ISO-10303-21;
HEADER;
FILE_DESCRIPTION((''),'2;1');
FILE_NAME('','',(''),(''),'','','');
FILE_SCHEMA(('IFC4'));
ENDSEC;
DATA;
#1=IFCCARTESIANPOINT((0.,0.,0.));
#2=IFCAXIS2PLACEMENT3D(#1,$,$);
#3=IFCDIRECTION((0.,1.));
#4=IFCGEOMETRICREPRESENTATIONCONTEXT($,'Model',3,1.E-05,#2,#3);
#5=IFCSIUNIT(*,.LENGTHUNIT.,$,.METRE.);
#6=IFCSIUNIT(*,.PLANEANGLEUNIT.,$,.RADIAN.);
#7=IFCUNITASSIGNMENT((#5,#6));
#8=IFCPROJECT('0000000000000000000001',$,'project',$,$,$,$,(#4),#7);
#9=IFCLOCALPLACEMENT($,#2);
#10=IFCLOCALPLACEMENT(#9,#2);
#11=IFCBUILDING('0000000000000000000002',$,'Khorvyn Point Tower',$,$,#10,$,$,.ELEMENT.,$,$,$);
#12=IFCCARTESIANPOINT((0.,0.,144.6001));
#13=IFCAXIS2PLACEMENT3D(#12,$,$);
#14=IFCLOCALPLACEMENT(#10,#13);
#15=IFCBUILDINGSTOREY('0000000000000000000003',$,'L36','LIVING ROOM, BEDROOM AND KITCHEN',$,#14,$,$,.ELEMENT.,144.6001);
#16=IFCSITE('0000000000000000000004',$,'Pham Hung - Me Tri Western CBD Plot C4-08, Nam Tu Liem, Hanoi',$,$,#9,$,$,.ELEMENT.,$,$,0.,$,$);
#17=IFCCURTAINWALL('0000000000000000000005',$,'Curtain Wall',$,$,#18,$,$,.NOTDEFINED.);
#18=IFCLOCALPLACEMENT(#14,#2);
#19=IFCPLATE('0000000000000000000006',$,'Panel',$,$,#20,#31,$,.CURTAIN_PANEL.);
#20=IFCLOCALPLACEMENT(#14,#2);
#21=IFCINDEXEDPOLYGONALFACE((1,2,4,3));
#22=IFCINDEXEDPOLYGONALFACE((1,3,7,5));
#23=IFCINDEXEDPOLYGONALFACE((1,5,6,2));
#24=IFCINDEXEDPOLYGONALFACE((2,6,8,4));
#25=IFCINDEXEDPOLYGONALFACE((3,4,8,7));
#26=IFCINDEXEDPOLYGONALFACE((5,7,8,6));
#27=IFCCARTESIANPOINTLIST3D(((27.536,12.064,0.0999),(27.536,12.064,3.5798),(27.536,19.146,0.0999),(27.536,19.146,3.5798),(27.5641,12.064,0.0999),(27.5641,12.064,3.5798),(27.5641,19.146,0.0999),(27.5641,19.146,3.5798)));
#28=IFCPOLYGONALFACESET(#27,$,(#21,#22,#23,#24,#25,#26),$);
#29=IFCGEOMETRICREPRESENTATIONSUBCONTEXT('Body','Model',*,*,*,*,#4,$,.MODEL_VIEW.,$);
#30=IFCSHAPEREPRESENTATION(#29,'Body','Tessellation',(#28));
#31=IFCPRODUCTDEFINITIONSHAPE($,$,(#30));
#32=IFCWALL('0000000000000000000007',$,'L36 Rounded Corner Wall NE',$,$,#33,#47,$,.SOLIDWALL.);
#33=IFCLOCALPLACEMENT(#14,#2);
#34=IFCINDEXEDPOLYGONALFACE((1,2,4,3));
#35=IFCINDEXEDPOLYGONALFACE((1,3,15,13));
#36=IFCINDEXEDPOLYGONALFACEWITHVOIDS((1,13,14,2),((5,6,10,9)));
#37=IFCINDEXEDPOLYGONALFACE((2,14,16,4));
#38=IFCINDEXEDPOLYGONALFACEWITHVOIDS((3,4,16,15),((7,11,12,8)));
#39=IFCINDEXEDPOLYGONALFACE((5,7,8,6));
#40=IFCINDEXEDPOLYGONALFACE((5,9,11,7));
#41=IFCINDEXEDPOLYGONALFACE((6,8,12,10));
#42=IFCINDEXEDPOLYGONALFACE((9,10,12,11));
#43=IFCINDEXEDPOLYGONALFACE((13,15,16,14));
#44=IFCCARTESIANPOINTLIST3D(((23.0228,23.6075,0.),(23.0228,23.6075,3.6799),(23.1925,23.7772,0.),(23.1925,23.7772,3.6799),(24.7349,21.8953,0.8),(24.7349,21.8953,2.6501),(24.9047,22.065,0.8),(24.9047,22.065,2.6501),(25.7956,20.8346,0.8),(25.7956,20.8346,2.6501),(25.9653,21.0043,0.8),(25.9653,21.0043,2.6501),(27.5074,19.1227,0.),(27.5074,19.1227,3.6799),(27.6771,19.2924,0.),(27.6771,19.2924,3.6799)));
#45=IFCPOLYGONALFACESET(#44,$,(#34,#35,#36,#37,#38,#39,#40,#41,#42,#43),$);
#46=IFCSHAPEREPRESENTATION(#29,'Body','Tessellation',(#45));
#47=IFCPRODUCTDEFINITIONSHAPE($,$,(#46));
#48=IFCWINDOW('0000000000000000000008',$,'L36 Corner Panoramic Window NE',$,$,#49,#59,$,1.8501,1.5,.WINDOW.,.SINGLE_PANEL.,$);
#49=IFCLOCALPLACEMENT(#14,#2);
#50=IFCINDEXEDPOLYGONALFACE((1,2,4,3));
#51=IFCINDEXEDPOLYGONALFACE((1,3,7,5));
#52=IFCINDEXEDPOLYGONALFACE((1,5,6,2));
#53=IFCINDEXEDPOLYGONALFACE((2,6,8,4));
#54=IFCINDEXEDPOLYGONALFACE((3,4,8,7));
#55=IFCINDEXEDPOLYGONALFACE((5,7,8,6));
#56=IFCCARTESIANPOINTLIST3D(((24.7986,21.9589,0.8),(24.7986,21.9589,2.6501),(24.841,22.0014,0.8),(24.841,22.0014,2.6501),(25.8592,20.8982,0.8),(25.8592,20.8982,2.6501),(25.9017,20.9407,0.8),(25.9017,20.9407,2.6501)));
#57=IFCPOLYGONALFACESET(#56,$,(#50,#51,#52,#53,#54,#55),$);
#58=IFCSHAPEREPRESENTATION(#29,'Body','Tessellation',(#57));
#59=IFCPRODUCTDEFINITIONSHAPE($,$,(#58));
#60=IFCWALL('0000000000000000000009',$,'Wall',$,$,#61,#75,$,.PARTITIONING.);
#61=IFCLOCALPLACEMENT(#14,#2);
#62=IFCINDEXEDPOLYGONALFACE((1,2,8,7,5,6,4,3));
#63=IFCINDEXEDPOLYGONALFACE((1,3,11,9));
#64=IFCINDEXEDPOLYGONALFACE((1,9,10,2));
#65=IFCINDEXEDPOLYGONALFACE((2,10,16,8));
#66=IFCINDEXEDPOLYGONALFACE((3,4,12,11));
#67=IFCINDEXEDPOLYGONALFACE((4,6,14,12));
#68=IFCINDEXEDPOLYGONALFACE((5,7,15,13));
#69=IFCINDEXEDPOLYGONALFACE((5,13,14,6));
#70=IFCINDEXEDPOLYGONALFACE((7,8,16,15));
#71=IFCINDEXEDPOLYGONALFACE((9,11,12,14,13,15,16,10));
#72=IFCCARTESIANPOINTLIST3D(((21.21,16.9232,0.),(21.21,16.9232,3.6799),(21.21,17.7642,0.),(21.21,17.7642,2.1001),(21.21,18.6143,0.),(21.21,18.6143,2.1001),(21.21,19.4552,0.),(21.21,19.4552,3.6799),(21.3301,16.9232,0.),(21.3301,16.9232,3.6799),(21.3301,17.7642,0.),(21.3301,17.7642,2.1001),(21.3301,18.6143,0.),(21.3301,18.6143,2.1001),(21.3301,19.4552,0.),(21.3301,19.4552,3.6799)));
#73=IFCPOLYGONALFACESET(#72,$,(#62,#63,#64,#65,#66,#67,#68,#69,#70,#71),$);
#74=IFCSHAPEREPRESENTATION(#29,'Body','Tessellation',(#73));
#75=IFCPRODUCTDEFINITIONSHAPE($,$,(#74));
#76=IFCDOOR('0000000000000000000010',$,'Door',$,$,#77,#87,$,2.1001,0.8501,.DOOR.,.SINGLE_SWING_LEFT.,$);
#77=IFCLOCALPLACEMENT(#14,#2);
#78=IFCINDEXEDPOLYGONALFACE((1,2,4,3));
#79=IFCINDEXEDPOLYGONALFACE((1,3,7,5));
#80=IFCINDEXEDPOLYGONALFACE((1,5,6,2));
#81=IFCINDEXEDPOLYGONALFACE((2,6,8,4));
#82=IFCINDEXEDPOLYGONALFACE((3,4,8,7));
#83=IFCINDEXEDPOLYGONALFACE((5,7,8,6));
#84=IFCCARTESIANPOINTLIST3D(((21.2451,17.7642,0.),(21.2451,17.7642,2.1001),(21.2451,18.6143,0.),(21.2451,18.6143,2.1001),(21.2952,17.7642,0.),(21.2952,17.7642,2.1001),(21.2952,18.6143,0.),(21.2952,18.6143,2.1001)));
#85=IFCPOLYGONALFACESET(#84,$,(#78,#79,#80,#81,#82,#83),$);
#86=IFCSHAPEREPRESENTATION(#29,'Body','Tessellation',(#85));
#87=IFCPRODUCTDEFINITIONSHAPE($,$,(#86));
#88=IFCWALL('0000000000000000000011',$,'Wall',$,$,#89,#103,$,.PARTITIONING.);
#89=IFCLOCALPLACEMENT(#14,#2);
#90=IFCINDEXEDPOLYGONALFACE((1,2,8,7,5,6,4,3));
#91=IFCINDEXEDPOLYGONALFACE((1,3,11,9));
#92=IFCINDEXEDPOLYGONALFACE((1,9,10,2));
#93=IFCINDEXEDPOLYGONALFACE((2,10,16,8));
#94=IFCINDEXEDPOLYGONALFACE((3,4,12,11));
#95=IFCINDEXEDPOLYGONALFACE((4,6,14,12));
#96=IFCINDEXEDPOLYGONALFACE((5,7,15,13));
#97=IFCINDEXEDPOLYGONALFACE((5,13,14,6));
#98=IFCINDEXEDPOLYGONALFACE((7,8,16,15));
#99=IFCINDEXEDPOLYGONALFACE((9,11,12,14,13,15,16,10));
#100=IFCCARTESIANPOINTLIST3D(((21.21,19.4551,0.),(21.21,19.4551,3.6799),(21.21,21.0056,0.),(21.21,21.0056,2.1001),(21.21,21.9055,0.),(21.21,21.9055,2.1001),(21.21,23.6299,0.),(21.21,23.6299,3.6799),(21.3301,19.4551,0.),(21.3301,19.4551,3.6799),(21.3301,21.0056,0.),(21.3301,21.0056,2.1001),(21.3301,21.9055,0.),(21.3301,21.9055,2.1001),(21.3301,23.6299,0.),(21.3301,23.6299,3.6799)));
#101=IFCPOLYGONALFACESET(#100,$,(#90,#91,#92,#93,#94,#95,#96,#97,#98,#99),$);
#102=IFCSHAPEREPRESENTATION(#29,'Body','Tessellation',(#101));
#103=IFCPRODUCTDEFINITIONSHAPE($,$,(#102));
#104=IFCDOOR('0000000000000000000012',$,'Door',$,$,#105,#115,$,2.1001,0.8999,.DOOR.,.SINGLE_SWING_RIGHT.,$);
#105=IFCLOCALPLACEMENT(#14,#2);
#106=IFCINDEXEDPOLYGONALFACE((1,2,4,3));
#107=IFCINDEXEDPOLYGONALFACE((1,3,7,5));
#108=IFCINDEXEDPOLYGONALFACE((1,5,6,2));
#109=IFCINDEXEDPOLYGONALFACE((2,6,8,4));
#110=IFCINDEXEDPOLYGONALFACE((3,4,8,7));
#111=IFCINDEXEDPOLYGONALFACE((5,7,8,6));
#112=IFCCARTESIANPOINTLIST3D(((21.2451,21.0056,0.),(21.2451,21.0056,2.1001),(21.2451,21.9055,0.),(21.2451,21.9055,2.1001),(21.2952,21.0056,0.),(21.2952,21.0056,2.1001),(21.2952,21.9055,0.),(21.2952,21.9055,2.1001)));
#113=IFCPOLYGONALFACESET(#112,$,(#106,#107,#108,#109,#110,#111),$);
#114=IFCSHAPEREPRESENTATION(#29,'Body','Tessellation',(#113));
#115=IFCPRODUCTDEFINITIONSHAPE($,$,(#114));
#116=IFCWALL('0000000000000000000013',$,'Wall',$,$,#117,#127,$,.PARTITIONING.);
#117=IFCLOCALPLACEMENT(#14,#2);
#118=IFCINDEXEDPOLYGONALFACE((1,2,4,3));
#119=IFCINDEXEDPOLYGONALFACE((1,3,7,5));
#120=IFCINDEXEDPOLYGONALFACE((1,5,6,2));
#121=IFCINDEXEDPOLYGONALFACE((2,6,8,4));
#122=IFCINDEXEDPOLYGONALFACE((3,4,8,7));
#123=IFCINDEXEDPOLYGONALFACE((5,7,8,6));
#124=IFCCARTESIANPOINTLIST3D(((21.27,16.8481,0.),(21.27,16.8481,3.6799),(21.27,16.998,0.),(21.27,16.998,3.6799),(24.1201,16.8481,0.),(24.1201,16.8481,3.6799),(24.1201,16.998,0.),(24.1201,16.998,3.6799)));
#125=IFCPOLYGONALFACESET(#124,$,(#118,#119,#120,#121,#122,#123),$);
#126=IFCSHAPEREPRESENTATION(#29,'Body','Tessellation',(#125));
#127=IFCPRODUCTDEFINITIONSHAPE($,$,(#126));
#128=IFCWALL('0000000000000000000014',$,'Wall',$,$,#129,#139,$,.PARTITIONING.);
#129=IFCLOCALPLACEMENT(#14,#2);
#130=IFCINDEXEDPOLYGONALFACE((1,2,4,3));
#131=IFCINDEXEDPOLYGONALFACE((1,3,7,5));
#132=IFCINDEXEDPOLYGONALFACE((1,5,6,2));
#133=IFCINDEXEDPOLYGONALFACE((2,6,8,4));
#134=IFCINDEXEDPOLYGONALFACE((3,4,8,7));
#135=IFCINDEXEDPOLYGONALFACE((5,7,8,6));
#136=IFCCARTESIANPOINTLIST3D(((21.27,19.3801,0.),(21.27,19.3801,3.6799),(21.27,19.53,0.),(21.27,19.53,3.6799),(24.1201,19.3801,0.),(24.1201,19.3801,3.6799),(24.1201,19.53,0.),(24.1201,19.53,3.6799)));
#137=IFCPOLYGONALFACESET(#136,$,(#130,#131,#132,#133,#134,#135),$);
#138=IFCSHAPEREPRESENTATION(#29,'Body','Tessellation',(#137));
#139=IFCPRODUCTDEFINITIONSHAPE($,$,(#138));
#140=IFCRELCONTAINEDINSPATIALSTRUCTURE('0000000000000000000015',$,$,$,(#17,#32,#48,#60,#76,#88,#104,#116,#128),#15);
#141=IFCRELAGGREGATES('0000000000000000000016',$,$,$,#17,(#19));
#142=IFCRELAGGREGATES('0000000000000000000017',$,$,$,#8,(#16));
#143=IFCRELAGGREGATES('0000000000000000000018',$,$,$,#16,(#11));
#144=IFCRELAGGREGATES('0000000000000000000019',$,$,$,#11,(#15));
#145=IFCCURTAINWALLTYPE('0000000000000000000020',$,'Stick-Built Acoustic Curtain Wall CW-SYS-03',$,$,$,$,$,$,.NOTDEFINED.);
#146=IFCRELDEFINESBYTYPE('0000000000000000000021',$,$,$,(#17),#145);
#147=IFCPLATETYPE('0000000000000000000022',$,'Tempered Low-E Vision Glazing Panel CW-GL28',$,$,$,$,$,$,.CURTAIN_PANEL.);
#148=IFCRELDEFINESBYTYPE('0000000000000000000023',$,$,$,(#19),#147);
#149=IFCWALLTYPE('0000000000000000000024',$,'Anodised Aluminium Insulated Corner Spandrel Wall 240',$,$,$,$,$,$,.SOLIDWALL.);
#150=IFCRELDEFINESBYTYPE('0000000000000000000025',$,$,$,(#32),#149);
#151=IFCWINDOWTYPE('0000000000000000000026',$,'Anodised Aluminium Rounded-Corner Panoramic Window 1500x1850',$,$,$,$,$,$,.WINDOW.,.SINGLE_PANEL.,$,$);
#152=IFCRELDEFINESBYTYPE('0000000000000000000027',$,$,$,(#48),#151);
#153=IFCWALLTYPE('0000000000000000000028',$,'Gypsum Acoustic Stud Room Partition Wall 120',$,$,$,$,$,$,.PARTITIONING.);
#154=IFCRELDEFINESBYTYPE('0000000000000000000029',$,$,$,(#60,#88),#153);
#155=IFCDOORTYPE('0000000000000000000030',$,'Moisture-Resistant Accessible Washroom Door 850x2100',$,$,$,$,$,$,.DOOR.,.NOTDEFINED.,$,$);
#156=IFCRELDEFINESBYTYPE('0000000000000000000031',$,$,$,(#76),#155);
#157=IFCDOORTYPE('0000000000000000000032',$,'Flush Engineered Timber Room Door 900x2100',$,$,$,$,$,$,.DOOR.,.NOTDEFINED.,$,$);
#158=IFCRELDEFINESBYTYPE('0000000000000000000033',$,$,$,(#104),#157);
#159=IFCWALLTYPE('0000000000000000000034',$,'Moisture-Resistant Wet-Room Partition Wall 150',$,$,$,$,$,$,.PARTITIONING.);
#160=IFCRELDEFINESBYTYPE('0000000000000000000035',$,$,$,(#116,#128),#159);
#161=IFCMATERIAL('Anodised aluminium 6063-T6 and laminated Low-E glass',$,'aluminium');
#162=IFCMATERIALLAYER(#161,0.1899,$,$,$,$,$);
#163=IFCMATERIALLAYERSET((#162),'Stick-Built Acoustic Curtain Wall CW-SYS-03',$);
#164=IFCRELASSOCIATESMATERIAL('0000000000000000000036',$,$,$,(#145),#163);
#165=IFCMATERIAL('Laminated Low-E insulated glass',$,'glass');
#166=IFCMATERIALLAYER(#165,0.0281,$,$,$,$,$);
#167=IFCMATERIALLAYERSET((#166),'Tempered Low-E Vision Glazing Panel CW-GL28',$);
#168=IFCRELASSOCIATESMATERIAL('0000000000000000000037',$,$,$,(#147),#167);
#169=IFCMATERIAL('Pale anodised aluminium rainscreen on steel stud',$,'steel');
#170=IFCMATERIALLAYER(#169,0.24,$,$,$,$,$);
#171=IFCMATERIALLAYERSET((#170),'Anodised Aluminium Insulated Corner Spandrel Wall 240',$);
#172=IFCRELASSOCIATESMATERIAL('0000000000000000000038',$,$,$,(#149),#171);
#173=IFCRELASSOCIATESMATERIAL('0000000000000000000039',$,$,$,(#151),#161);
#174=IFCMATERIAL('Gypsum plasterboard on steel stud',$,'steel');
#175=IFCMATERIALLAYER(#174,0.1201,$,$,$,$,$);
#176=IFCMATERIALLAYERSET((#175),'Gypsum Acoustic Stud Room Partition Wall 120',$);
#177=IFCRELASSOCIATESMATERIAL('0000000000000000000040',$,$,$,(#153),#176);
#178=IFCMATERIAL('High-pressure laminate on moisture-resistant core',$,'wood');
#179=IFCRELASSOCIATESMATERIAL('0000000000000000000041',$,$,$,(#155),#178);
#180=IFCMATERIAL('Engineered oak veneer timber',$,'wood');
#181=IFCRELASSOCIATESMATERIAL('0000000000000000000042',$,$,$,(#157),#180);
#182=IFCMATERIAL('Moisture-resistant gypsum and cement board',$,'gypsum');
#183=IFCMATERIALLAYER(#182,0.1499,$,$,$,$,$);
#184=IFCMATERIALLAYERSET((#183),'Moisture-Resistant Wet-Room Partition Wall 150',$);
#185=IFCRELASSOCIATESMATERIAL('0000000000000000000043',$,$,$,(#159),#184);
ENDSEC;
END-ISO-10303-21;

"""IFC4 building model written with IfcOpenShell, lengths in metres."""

from ifc_helpers import new_model, si_unit, direction, frame, frame_2d, origin, origin_2d, place, context, subcontext, project, spatial, rectangle, extrude, material, layer, layer_set, type_object, element, fill, aggregate, save


model = new_model("IFC4")

# Units and contexts
model_context = context("Model", 3, precision=1e-05, world=origin(), true_north=direction((0.0, 1.0)))
body_context = subcontext(model_context, "Body", "Model", "MODEL_VIEW")
ifc_project = project(units=[si_unit("LENGTHUNIT", "METRE"), si_unit("PLANEANGLEUNIT", "RADIAN")], contexts=[model_context])

# Site, building, storey
site_placement = place(None, origin())
site = spatial("IfcSite", under=ifc_project, at=site_placement, Name="Pham Hung - Me Tri Western CBD Plot C4-08, Nam Tu Liem, Hanoi", CompositionType="ELEMENT", RefElevation=0.0)
building_placement = place(site_placement, origin())
building = spatial("IfcBuilding", under=site, at=building_placement, Name="Khorvyn Point Tower", CompositionType="ELEMENT")
storey_placement = place(building_placement, frame((0.0, 0.0, 144.6001)))
storey = spatial("IfcBuildingStorey", under=building, at=storey_placement, Name="L36", Description="LIVING ROOM, BEDROOM AND KITCHEN", CompositionType="ELEMENT", Elevation=144.6001)

# Shared definitions
ifc_material_1 = material(Name="Anodised aluminium 6063-T6 and laminated Low-E glass", Category="aluminium")
ifc_layer_1 = layer(ifc_material_1, 0.1899)
ifc_layer_set_1 = layer_set([ifc_layer_1], Name="Stick-Built Acoustic Curtain Wall CW-SYS-03")
curtain_wall_type = type_object("IfcCurtainWallType", Name="Stick-Built Acoustic Curtain Wall CW-SYS-03", PredefinedType="NOTDEFINED", material=ifc_layer_set_1)

# Curtain wall
curtain_wall_1_placement = place(storey_placement, origin())
curtain_wall_1 = element("IfcCurtainWall", 1, at=curtain_wall_1_placement, inside=storey, type_object=curtain_wall_type, Name="Curtain Wall", PredefinedType="NOTDEFINED")

# Plate
ifc_material_2 = material(Name="Laminated Low-E insulated glass", Category="glass")
ifc_layer_2 = layer(ifc_material_2, 0.0281)
ifc_layer_set_2 = layer_set([ifc_layer_2], Name="Tempered Low-E Vision Glazing Panel CW-GL28")
plate_type = type_object("IfcPlateType", Name="Tempered Low-E Vision Glazing Panel CW-GL28", PredefinedType="CURTAIN_PANEL", material=ifc_layer_set_2)
plate_1_placement = place(storey_placement, frame((27.55, 15.605, 0.0999), z_axis=(0.0, 0.0, 1.0), x_axis=(0.0, -1.0, 0.0)))
plate_1 = element("IfcPlate", 2, at=plate_1_placement, type_object=plate_type, Name="Panel", PredefinedType="CURTAIN_PANEL", context=body_context, shape_type="SweptSolid", body=[
    extrude(rectangle(XDim=7.082, YDim=0.0281, at=origin_2d()), origin(), (0.0, 0.0, 1.0), 3.48),
])
aggregate(curtain_wall_1, [plate_1])

# Wall, opening, window
ifc_material_3 = material(Name="Pale anodised aluminium rainscreen on steel stud", Category="steel")
ifc_layer_3 = layer(ifc_material_3, 0.24)
ifc_layer_set_3 = layer_set([ifc_layer_3], Name="Anodised Aluminium Insulated Corner Spandrel Wall 240")
wall_type_1 = type_object("IfcWallType", Name="Anodised Aluminium Insulated Corner Spandrel Wall 240", PredefinedType="SOLIDWALL", material=ifc_layer_set_3)
wall_1_placement = place(storey_placement, frame((23.1077, 23.6924, 0.0), z_axis=(0.0, 0.0, 1.0), x_axis=(0.707088, -0.707126, 0.0)))
wall_1 = element("IfcWall", 3, at=wall_1_placement, inside=storey, type_object=wall_type_1, Name="L36 Rounded Corner Wall NE", PredefinedType="SOLIDWALL", context=body_context, shape_type="SweptSolid", body=[
    extrude(rectangle(XDim=6.3423, YDim=0.24, at=frame_2d((3.1711, 0.0))), origin(), (0.0, 0.0, 1.0), 3.6799),
])
opening_1_placement = place(wall_1_placement, frame((2.4214, 0.0, 0.8)))
opening_1 = element("IfcOpeningElement", 4, at=opening_1_placement, cuts=wall_1, PredefinedType="OPENING", context=body_context, shape_type="SweptSolid", body=[
    extrude(rectangle(XDim=1.5, YDim=1.8501, at=frame_2d((0.75, 0.925))), frame((0.0, 0.1299, 0.0), z_axis=(0.0, -1.0, 0.0), x_axis=(1.0, 0.0, 0.0)), (0.0, 0.0, 1.0), 0.26),
])
window_type = type_object("IfcWindowType", Name="Anodised Aluminium Rounded-Corner Panoramic Window 1500x1850", PartitioningType="SINGLE_PANEL", PredefinedType="WINDOW", material=ifc_material_1)
window_placement = place(opening_1_placement, origin())
window = element("IfcWindow", 5, at=window_placement, inside=storey, type_object=window_type, Name="L36 Corner Panoramic Window NE", OverallHeight=1.8501, OverallWidth=1.5, PartitioningType="SINGLE_PANEL", PredefinedType="WINDOW", context=body_context, shape_type="SweptSolid", body=[
    extrude(rectangle(XDim=1.5, YDim=1.8501, at=frame_2d((0.75, 0.925))), frame((0.0, 0.03, 0.0), z_axis=(0.0, -1.0, 0.0), x_axis=(1.0, 0.0, 0.0)), (0.0, 0.0, 1.0), 0.0601),
])
fill(opening_1, window)

# Walls, openings, doors
ifc_material_4 = material(Name="Gypsum plasterboard on steel stud", Category="steel")
ifc_layer_4 = layer(ifc_material_4, 0.1201)
ifc_layer_set_4 = layer_set([ifc_layer_4], Name="Gypsum Acoustic Stud Room Partition Wall 120")
wall_type_2 = type_object("IfcWallType", Name="Gypsum Acoustic Stud Room Partition Wall 120", PredefinedType="PARTITIONING", material=ifc_layer_set_4)
wall_2_placement = place(storey_placement, frame((21.27, 16.9231, 0.0), z_axis=(0.0, 0.0, 1.0), x_axis=(0.0, 1.0, 0.0)))
wall_2 = element("IfcWall", 6, at=wall_2_placement, inside=storey, type_object=wall_type_2, Name="Wall", PredefinedType="PARTITIONING", context=body_context, shape_type="SweptSolid", body=[
    extrude(rectangle(XDim=2.532, YDim=0.1201, at=frame_2d((1.2661, 0.0))), origin(), (0.0, 0.0, 1.0), 3.6799),
])
opening_2_placement = place(wall_2_placement, frame((0.8411, 0.0, 0.0)))
opening_2 = element("IfcOpeningElement", 7, at=opening_2_placement, cuts=wall_2, PredefinedType="OPENING", context=body_context, shape_type="SweptSolid", body=[
    extrude(rectangle(XDim=0.8501, YDim=2.1001, at=frame_2d((0.425, 1.05))), frame((0.0, 0.0701, 0.0), z_axis=(0.0, -1.0, 0.0), x_axis=(1.0, 0.0, 0.0)), (0.0, 0.0, 1.0), 0.1401),
])
ifc_material_5 = material(Name="High-pressure laminate on moisture-resistant core", Category="wood")
door_type_1 = type_object("IfcDoorType", Name="Moisture-Resistant Accessible Washroom Door 850x2100", OperationType="NOTDEFINED", PredefinedType="DOOR", material=ifc_material_5)
door_1_placement = place(opening_2_placement, origin())
door_1 = element("IfcDoor", 8, at=door_1_placement, inside=storey, type_object=door_type_1, Name="Door", OperationType="SINGLE_SWING_LEFT", OverallHeight=2.1001, OverallWidth=0.8501, PredefinedType="DOOR", context=body_context, shape_type="SweptSolid", body=[
    extrude(rectangle(XDim=0.8501, YDim=2.1001, at=frame_2d((0.425, 1.05))), frame((0.0, 0.0249, 0.0), z_axis=(0.0, -1.0, 0.0), x_axis=(1.0, 0.0, 0.0)), (0.0, 0.0, 1.0), 0.05),
])
fill(opening_2, door_1)
wall_3_placement = place(storey_placement, frame((21.27, 19.4551, 0.0), z_axis=(0.0, 0.0, 1.0), x_axis=(0.0, 1.0, 0.0)))
wall_3 = element("IfcWall", 9, at=wall_3_placement, inside=storey, type_object=wall_type_2, Name="Wall", PredefinedType="PARTITIONING", context=body_context, shape_type="SweptSolid", body=[
    extrude(rectangle(XDim=4.1748, YDim=0.1201, at=frame_2d((2.0874, 0.0))), origin(), (0.0, 0.0, 1.0), 3.6799),
])
opening_3_placement = place(wall_3_placement, frame((1.5505, 0.0, 0.0)))
opening_3 = element("IfcOpeningElement", 10, at=opening_3_placement, cuts=wall_3, PredefinedType="OPENING", context=body_context, shape_type="SweptSolid", body=[
    extrude(rectangle(XDim=0.8999, YDim=2.1001, at=frame_2d((0.45, 1.05))), frame((0.0, 0.0701, 0.0), z_axis=(0.0, -1.0, 0.0), x_axis=(1.0, 0.0, 0.0)), (0.0, 0.0, 1.0), 0.1401),
])
ifc_material_6 = material(Name="Engineered oak veneer timber", Category="wood")
door_type_2 = type_object("IfcDoorType", Name="Flush Engineered Timber Room Door 900x2100", OperationType="NOTDEFINED", PredefinedType="DOOR", material=ifc_material_6)
door_2_placement = place(opening_3_placement, origin())
door_2 = element("IfcDoor", 11, at=door_2_placement, inside=storey, type_object=door_type_2, Name="Door", OperationType="SINGLE_SWING_RIGHT", OverallHeight=2.1001, OverallWidth=0.8999, PredefinedType="DOOR", context=body_context, shape_type="SweptSolid", body=[
    extrude(rectangle(XDim=0.8999, YDim=2.1001, at=frame_2d((0.45, 1.05))), frame((0.0, 0.0249, 0.0), z_axis=(0.0, -1.0, 0.0), x_axis=(1.0, 0.0, 0.0)), (0.0, 0.0, 1.0), 0.05),
])
fill(opening_3, door_2)

# Walls
ifc_material_7 = material(Name="Moisture-resistant gypsum and cement board", Category="gypsum")
ifc_layer_5 = layer(ifc_material_7, 0.1499)
ifc_layer_set_5 = layer_set([ifc_layer_5], Name="Moisture-Resistant Wet-Room Partition Wall 150")
wall_type_3 = type_object("IfcWallType", Name="Moisture-Resistant Wet-Room Partition Wall 150", PredefinedType="PARTITIONING", material=ifc_layer_set_5)
for number, where, z_axis, x_axis, name in (
    (12, (21.27, 16.9231, 0.0), (0.0, 0.0, 1.0), (1.0, 0.0, 0.0), "Wall"),
    (13, (21.27, 19.4551, 0.0), (0.0, 0.0, 1.0), (1.0, 0.0, 0.0), "Wall"),
):
    element("IfcWall", number, at=place(storey_placement, frame(where, z_axis=z_axis, x_axis=x_axis)), inside=storey, type_object=wall_type_3, Name=name, PredefinedType="PARTITIONING", context=body_context, shape_type="SweptSolid", body=[
        extrude(rectangle(XDim=2.8501, YDim=0.1499, at=frame_2d((1.425, 0.0))), origin(), (0.0, 0.0, 1.0), 3.6799),
    ])

save(model, "model.ifc")
